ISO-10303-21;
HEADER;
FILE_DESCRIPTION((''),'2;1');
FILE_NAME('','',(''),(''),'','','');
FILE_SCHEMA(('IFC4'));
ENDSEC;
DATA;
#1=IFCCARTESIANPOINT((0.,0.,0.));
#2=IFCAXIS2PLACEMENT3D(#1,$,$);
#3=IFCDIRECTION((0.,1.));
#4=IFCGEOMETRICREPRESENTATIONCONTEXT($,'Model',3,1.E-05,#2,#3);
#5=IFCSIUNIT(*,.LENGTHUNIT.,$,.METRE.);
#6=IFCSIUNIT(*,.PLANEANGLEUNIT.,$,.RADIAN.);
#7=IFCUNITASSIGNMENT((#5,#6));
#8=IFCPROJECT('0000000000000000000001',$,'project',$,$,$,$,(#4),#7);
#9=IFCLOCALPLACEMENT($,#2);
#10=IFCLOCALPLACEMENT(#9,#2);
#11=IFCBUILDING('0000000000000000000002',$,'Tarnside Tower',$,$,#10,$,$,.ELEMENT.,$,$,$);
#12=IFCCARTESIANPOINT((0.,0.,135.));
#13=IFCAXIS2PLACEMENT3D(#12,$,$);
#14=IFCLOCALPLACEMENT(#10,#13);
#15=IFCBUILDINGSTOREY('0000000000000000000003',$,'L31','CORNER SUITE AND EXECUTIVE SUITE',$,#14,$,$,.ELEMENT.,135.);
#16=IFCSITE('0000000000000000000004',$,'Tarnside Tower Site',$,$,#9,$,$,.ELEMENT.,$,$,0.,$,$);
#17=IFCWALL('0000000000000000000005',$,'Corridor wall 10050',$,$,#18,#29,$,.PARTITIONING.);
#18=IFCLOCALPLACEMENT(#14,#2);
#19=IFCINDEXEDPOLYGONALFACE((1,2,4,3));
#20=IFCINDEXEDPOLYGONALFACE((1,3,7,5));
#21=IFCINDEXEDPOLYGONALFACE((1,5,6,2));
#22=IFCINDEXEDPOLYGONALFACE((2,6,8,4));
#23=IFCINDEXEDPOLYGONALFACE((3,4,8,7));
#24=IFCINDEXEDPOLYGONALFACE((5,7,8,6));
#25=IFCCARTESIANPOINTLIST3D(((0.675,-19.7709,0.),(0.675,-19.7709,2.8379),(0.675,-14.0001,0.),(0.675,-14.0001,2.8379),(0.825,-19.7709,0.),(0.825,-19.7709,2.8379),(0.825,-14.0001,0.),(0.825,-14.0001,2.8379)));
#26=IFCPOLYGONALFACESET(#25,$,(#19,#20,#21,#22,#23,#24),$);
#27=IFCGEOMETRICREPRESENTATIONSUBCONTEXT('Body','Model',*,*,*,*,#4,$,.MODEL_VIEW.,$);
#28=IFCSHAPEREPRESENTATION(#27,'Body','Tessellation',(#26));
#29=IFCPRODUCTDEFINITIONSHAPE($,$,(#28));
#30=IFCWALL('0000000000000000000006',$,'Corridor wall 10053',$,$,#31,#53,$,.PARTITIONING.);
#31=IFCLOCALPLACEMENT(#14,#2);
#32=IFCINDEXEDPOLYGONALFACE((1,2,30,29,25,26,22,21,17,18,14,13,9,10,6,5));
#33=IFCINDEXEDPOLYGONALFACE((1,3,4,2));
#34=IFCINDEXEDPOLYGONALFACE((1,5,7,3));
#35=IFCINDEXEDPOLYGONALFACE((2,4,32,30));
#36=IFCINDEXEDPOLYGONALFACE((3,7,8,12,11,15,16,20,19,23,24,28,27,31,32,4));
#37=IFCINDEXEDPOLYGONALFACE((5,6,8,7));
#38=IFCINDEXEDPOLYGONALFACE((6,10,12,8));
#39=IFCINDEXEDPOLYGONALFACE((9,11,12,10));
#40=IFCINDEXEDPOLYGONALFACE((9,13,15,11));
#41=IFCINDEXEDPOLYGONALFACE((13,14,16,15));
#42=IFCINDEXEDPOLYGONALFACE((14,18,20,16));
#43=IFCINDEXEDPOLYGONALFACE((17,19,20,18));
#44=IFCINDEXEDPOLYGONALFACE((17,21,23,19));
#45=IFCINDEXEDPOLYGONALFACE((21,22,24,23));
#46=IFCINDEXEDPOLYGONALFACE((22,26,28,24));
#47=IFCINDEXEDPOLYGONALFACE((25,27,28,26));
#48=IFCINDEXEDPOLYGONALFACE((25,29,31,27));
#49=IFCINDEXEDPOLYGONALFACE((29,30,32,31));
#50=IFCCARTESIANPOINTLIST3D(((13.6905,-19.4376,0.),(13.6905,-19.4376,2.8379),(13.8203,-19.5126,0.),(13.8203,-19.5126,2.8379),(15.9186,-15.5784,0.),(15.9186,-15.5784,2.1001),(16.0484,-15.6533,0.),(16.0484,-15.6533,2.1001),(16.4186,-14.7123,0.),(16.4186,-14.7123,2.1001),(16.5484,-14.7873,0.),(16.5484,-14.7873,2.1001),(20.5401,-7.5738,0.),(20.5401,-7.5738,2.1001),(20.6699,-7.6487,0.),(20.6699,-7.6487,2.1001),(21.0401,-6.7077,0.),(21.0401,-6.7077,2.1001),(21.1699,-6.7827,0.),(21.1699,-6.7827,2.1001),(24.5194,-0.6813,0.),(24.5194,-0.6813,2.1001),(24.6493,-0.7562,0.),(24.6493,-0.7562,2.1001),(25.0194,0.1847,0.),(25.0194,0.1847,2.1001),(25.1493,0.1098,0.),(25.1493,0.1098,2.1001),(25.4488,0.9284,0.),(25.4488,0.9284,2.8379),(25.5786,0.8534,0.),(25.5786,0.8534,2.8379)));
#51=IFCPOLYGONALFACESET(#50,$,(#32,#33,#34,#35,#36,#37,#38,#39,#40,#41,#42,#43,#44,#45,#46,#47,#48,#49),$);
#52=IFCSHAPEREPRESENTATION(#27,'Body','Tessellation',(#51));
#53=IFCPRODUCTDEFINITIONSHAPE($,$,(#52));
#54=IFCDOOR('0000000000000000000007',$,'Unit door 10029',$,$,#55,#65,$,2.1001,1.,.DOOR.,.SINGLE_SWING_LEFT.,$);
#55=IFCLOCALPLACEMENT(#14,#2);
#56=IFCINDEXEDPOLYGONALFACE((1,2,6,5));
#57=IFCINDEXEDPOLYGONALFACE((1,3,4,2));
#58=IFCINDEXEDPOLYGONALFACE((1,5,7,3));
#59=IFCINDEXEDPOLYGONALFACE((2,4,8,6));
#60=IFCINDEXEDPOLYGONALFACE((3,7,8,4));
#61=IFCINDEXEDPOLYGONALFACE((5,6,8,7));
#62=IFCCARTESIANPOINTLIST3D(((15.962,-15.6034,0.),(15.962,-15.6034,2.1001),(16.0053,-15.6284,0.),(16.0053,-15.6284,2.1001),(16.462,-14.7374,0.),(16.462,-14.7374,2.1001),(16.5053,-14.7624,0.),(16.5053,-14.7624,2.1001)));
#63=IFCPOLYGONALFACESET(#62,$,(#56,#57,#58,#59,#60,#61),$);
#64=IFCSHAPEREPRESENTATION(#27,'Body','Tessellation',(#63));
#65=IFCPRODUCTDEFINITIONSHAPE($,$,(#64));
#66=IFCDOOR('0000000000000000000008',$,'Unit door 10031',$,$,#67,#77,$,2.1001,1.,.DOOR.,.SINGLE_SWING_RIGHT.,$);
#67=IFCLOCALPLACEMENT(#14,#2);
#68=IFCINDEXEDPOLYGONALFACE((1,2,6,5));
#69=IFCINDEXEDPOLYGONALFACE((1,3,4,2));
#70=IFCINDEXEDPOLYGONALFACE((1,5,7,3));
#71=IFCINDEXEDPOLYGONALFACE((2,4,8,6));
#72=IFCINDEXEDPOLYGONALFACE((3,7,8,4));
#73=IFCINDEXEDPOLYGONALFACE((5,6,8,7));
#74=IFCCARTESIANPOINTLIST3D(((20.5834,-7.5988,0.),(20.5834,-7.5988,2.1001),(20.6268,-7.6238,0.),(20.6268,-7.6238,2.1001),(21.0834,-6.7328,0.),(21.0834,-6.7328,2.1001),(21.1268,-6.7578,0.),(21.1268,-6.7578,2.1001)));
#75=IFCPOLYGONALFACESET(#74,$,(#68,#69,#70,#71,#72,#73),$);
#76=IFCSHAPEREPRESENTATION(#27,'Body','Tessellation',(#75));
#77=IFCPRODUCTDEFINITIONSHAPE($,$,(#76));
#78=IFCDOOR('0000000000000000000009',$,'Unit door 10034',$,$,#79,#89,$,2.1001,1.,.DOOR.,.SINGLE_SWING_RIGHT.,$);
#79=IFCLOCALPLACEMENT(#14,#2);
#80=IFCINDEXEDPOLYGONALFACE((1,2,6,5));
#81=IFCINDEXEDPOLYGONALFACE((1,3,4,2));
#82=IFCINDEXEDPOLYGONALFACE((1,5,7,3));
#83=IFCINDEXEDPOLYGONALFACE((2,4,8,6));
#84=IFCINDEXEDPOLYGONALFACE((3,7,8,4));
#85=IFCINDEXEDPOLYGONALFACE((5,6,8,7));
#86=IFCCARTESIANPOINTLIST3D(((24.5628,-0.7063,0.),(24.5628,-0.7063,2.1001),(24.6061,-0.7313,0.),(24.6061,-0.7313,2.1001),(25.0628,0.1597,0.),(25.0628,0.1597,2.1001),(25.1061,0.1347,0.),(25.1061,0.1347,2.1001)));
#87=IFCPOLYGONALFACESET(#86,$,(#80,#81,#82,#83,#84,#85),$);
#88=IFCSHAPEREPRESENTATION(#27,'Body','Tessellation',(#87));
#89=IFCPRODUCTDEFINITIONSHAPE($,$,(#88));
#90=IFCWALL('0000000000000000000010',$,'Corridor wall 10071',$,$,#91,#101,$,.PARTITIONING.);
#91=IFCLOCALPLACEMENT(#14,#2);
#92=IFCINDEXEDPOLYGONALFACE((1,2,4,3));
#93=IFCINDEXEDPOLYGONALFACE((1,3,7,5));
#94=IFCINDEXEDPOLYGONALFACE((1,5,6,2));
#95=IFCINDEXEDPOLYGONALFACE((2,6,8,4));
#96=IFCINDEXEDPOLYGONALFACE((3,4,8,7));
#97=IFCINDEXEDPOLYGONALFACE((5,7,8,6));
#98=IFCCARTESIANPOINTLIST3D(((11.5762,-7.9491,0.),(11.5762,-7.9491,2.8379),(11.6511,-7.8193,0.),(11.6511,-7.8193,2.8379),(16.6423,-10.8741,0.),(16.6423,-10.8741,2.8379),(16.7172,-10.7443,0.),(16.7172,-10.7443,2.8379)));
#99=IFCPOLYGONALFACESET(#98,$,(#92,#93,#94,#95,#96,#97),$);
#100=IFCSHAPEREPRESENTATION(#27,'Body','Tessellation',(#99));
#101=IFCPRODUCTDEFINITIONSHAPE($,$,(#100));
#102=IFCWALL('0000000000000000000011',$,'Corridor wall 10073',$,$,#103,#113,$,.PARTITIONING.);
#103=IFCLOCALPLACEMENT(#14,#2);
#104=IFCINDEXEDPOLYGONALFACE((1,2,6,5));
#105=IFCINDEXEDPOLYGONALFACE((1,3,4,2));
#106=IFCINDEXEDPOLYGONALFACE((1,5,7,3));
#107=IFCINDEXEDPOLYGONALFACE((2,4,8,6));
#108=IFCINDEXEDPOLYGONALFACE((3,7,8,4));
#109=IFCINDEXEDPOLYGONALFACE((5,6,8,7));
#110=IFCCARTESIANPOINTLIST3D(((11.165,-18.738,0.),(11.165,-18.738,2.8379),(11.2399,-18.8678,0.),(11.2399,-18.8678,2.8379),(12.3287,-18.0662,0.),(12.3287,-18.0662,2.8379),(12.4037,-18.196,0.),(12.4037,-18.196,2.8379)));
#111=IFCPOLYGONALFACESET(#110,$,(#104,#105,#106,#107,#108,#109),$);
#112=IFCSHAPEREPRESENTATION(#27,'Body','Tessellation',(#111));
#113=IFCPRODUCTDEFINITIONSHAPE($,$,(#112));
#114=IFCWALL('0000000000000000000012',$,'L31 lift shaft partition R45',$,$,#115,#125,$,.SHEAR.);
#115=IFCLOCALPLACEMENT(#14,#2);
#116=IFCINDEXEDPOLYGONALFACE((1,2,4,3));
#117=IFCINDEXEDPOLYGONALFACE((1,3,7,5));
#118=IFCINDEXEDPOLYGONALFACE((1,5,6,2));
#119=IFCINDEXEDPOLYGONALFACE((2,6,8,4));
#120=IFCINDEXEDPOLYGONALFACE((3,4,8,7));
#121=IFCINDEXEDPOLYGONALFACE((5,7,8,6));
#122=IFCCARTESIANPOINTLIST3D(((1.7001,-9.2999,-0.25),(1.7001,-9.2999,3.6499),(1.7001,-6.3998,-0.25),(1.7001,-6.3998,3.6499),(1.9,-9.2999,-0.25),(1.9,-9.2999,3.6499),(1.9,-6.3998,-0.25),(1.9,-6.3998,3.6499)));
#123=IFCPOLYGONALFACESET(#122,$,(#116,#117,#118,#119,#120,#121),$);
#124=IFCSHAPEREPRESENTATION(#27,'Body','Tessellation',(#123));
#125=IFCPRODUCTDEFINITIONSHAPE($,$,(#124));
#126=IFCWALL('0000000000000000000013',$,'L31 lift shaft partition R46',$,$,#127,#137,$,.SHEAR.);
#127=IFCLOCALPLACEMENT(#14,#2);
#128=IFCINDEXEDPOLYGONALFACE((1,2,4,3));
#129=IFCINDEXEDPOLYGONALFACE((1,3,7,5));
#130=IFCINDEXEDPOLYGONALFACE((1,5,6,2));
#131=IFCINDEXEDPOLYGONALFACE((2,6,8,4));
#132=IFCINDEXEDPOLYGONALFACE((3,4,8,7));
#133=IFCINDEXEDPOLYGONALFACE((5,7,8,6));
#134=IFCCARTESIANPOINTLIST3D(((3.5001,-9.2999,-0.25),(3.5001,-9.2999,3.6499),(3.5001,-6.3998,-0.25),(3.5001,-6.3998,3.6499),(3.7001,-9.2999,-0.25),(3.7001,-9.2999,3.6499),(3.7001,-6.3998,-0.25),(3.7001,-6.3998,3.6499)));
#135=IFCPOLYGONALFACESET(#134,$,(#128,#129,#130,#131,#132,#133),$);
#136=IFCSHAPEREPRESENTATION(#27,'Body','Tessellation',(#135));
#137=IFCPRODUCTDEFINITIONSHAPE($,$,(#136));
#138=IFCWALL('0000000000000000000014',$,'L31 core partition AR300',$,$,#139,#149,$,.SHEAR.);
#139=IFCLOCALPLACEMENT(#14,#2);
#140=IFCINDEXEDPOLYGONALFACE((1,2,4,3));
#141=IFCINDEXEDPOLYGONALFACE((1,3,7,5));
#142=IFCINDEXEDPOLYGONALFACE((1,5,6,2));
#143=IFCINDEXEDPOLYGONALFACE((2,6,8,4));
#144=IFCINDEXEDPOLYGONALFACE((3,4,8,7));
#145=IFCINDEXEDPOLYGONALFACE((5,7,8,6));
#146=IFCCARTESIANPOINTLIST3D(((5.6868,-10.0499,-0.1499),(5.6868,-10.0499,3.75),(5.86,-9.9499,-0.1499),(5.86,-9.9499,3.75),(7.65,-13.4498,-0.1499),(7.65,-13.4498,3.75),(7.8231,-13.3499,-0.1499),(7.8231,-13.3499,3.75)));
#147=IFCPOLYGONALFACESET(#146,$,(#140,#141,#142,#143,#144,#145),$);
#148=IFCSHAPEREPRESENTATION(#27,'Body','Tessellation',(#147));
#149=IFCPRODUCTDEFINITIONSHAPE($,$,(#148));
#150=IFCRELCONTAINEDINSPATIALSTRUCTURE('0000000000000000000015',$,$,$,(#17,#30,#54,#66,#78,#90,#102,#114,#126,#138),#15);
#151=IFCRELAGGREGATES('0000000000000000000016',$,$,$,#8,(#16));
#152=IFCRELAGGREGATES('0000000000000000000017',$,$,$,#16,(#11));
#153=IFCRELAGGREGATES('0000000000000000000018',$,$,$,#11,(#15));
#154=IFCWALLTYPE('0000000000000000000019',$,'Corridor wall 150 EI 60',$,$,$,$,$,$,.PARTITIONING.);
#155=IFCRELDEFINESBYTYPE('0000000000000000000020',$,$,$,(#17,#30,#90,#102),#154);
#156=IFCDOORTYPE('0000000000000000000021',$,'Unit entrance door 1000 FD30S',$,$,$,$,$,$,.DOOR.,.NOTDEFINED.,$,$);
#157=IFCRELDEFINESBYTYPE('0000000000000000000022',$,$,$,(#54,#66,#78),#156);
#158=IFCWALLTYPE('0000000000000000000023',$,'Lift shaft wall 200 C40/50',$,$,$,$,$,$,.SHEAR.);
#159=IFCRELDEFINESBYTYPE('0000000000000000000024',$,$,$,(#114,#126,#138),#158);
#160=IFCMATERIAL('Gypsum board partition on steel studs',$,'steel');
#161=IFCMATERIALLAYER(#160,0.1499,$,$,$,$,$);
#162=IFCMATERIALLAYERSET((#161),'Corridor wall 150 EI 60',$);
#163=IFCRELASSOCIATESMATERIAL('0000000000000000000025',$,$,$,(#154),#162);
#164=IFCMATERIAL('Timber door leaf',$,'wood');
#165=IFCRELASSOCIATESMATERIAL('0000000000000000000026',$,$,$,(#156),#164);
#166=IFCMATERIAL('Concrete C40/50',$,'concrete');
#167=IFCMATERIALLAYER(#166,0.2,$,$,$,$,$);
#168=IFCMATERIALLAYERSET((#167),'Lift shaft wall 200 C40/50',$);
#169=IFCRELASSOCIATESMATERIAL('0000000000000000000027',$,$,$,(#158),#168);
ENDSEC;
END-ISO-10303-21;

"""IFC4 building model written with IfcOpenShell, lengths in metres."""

from ifc_helpers import new_model, si_unit, direction, frame, frame_2d, origin, place, context, subcontext, project, spatial, rectangle, extrude, material, layer, layer_set, type_object, element, fill, save


model = new_model("IFC4")

# Units and contexts
model_context = context("Model", 3, precision=1e-05, world=origin(), true_north=direction((0.0, 1.0)))
body_context = subcontext(model_context, "Body", "Model", "MODEL_VIEW")
ifc_project = project(units=[si_unit("LENGTHUNIT", "METRE"), si_unit("PLANEANGLEUNIT", "RADIAN")], contexts=[model_context])

# Site, building, storey
site_placement = place(None, origin())
site = spatial("IfcSite", under=ifc_project, at=site_placement, Name="Tarnside Tower Site", CompositionType="ELEMENT", RefElevation=0.0)
building_placement = place(site_placement, origin())
building = spatial("IfcBuilding", under=site, at=building_placement, Name="Tarnside Tower", CompositionType="ELEMENT")
storey_placement = place(building_placement, frame((0.0, 0.0, 135.0)))
storey = spatial("IfcBuildingStorey", under=building, at=storey_placement, Name="L31", Description="CORNER SUITE AND EXECUTIVE SUITE", CompositionType="ELEMENT", Elevation=135.0)

# Shared definitions
ifc_material_1 = material(Name="Gypsum board partition on steel studs", Category="steel")
ifc_material_2 = material(Name="Timber door leaf", Category="wood")
ifc_layer_1 = layer(ifc_material_1, 0.1499)
ifc_layer_set_1 = layer_set([ifc_layer_1], Name="Corridor wall 150 EI 60")
wall_type_1 = type_object("IfcWallType", Name="Corridor wall 150 EI 60", PredefinedType="PARTITIONING", material=ifc_layer_set_1)

# Wall
wall_1_placement = place(storey_placement, frame((0.75, -19.7708, 0.0), z_axis=(0.0, 0.0, 1.0), x_axis=(0.0, 1.0, 0.0)))
element("IfcWall", 1, at=wall_1_placement, inside=storey, type_object=wall_type_1, Name="Corridor wall 10050", PredefinedType="PARTITIONING", context=body_context, shape_type="SweptSolid", body=[
    extrude(rectangle(XDim=5.7708, YDim=0.1499, at=frame_2d((2.8853, 0.0))), origin(), (0.0, 0.0, 1.0), 2.8379),
])

# Wall, openings, doors
wall_2_placement = place(storey_placement, frame((13.7554, -19.4751, 0.0), z_axis=(0.0, 0.0, 1.0), x_axis=(0.5, 0.866025, 0.0)))
wall_2 = element("IfcWall", 2, at=wall_2_placement, inside=storey, type_object=wall_type_1, Name="Corridor wall 10053", PredefinedType="PARTITIONING", context=body_context, shape_type="SweptSolid", body=[
    extrude(rectangle(XDim=23.5166, YDim=0.1499, at=frame_2d((11.7583, 0.0))), origin(), (0.0, 0.0, 1.0), 2.8379),
])
opening_1_placement = place(wall_2_placement, frame((4.4563, 0.0, 0.0)))
opening_1 = element("IfcOpeningElement", 3, at=opening_1_placement, cuts=wall_2, PredefinedType="OPENING", context=body_context, shape_type="SweptSolid", body=[
    extrude(rectangle(XDim=1.0, YDim=2.1001, at=frame_2d((0.5, 1.05))), frame((0.0, 0.085, 0.0), z_axis=(0.0, -1.0, 0.0), x_axis=(1.0, 0.0, 0.0)), (0.0, 0.0, 1.0), 0.1699),
])
opening_2_placement = place(wall_2_placement, frame((13.6992, 0.0, 0.0)))
opening_2 = element("IfcOpeningElement", 4, at=opening_2_placement, cuts=wall_2, PredefinedType="OPENING", context=body_context, shape_type="SweptSolid", body=[
    extrude(rectangle(XDim=1.0, YDim=2.1001, at=frame_2d((0.5, 1.05))), frame((0.0, 0.085, 0.0), z_axis=(0.0, -1.0, 0.0), x_axis=(1.0, 0.0, 0.0)), (0.0, 0.0, 1.0), 0.1699),
])
opening_3_placement = place(wall_2_placement, frame((21.658, 0.0, 0.0)))
opening_3 = element("IfcOpeningElement", 5, at=opening_3_placement, cuts=wall_2, PredefinedType="OPENING", context=body_context, shape_type="SweptSolid", body=[
    extrude(rectangle(XDim=1.0, YDim=2.1001, at=frame_2d((0.5, 1.05))), frame((0.0, 0.085, 0.0), z_axis=(0.0, -1.0, 0.0), x_axis=(1.0, 0.0, 0.0)), (0.0, 0.0, 1.0), 0.1699),
])
door_type_1 = type_object("IfcDoorType", Name="Unit entrance door 1000 FD30S", OperationType="NOTDEFINED", PredefinedType="DOOR", material=ifc_material_2)
door_1_placement = place(opening_1_placement, origin())
door_1 = element("IfcDoor", 6, at=door_1_placement, inside=storey, type_object=door_type_1, Name="Unit door 10029", OperationType="SINGLE_SWING_LEFT", OverallHeight=2.1001, OverallWidth=1.0, PredefinedType="DOOR", context=body_context, shape_type="SweptSolid", body=[
    extrude(rectangle(XDim=1.0, YDim=2.1001, at=frame_2d((0.5, 1.05))), frame((0.0, 0.0249, 0.0), z_axis=(0.0, -1.0, 0.0), x_axis=(1.0, 0.0, 0.0)), (0.0, 0.0, 1.0), 0.05),
])
fill(opening_1, door_1)
door_2_placement = place(opening_2_placement, origin())
door_2 = element("IfcDoor", 7, at=door_2_placement, inside=storey, type_object=door_type_1, Name="Unit door 10031", OperationType="SINGLE_SWING_RIGHT", OverallHeight=2.1001, OverallWidth=1.0, PredefinedType="DOOR", context=body_context, shape_type="SweptSolid", body=[
    extrude(rectangle(XDim=1.0, YDim=2.1001, at=frame_2d((0.5, 1.05))), frame((0.0, 0.0249, 0.0), z_axis=(0.0, -1.0, 0.0), x_axis=(1.0, 0.0, 0.0)), (0.0, 0.0, 1.0), 0.05),
])
fill(opening_2, door_2)
door_3_placement = place(opening_3_placement, origin())
door_3 = element("IfcDoor", 8, at=door_3_placement, inside=storey, type_object=door_type_1, Name="Unit door 10034", OperationType="SINGLE_SWING_RIGHT", OverallHeight=2.1001, OverallWidth=1.0, PredefinedType="DOOR", context=body_context, shape_type="SweptSolid", body=[
    extrude(rectangle(XDim=1.0, YDim=2.1001, at=frame_2d((0.5, 1.05))), frame((0.0, 0.0249, 0.0), z_axis=(0.0, -1.0, 0.0), x_axis=(1.0, 0.0, 0.0)), (0.0, 0.0, 1.0), 0.05),
])
fill(opening_3, door_3)

# Walls
wall_3_placement = place(storey_placement, frame((11.6138, -7.8843, 0.0), z_axis=(0.0, 0.0, 1.0), x_axis=(0.866018, -0.500013, 0.0)))
element("IfcWall", 9, at=wall_3_placement, inside=storey, type_object=wall_type_1, Name="Corridor wall 10071", PredefinedType="PARTITIONING", context=body_context, shape_type="SweptSolid", body=[
    extrude(rectangle(XDim=5.8499, YDim=0.1499, at=frame_2d((2.9248, 0.0))), origin(), (0.0, 0.0, 1.0), 2.8379),
])
wall_4_placement = place(storey_placement, frame((12.3662, -18.1311, 0.0), z_axis=(0.0, 0.0, 1.0), x_axis=(-0.866043, -0.499969, 0.0)))
element("IfcWall", 10, at=wall_4_placement, inside=storey, type_object=wall_type_1, Name="Corridor wall 10073", PredefinedType="PARTITIONING", context=body_context, shape_type="SweptSolid", body=[
    extrude(rectangle(XDim=1.3438, YDim=0.1499, at=frame_2d((0.6719, 0.0))), origin(), (0.0, 0.0, 1.0), 2.8379),
])
ifc_material_3 = material(Name="Concrete C40/50", Category="concrete")
ifc_layer_2 = layer(ifc_material_3, 0.2)
ifc_layer_set_2 = layer_set([ifc_layer_2], Name="Lift shaft wall 200 C40/50")
wall_type_2 = type_object("IfcWallType", Name="Lift shaft wall 200 C40/50", PredefinedType="SHEAR", material=ifc_layer_set_2)
for number, where, z_axis, x_axis, name in (
    (11, (1.8, -9.3, -0.25), (0.0, 0.0, 1.0), (0.0, 1.0, 0.0), "L31 lift shaft partition R45"),
    (12, (3.6001, -9.3, -0.25), (0.0, 0.0, 1.0), (0.0, 1.0, 0.0), "L31 lift shaft partition R46"),
):
    element("IfcWall", number, at=place(storey_placement, frame(where, z_axis=z_axis, x_axis=x_axis)), inside=storey, type_object=wall_type_2, Name=name, PredefinedType="SHEAR", context=body_context, shape_type="SweptSolid", body=[
        extrude(rectangle(XDim=2.9001, YDim=0.2, at=frame_2d((1.4502, 0.0))), origin(), (0.0, 0.0, 1.0), 3.8999),
    ])
wall_5_placement = place(storey_placement, frame((5.7734, -10.0, -0.1499), z_axis=(0.0, 0.0, 1.0), x_axis=(0.500038, -0.866003, 0.0)))
element("IfcWall", 13, at=wall_5_placement, inside=storey, type_object=wall_type_2, Name="L31 core partition AR300", PredefinedType="SHEAR", context=body_context, shape_type="SweptSolid", body=[
    extrude(rectangle(XDim=3.926, YDim=0.2, at=frame_2d((1.9629, 0.0))), origin(), (0.0, 0.0, 1.0), 3.8999),
])

save(model, "model.ifc")
